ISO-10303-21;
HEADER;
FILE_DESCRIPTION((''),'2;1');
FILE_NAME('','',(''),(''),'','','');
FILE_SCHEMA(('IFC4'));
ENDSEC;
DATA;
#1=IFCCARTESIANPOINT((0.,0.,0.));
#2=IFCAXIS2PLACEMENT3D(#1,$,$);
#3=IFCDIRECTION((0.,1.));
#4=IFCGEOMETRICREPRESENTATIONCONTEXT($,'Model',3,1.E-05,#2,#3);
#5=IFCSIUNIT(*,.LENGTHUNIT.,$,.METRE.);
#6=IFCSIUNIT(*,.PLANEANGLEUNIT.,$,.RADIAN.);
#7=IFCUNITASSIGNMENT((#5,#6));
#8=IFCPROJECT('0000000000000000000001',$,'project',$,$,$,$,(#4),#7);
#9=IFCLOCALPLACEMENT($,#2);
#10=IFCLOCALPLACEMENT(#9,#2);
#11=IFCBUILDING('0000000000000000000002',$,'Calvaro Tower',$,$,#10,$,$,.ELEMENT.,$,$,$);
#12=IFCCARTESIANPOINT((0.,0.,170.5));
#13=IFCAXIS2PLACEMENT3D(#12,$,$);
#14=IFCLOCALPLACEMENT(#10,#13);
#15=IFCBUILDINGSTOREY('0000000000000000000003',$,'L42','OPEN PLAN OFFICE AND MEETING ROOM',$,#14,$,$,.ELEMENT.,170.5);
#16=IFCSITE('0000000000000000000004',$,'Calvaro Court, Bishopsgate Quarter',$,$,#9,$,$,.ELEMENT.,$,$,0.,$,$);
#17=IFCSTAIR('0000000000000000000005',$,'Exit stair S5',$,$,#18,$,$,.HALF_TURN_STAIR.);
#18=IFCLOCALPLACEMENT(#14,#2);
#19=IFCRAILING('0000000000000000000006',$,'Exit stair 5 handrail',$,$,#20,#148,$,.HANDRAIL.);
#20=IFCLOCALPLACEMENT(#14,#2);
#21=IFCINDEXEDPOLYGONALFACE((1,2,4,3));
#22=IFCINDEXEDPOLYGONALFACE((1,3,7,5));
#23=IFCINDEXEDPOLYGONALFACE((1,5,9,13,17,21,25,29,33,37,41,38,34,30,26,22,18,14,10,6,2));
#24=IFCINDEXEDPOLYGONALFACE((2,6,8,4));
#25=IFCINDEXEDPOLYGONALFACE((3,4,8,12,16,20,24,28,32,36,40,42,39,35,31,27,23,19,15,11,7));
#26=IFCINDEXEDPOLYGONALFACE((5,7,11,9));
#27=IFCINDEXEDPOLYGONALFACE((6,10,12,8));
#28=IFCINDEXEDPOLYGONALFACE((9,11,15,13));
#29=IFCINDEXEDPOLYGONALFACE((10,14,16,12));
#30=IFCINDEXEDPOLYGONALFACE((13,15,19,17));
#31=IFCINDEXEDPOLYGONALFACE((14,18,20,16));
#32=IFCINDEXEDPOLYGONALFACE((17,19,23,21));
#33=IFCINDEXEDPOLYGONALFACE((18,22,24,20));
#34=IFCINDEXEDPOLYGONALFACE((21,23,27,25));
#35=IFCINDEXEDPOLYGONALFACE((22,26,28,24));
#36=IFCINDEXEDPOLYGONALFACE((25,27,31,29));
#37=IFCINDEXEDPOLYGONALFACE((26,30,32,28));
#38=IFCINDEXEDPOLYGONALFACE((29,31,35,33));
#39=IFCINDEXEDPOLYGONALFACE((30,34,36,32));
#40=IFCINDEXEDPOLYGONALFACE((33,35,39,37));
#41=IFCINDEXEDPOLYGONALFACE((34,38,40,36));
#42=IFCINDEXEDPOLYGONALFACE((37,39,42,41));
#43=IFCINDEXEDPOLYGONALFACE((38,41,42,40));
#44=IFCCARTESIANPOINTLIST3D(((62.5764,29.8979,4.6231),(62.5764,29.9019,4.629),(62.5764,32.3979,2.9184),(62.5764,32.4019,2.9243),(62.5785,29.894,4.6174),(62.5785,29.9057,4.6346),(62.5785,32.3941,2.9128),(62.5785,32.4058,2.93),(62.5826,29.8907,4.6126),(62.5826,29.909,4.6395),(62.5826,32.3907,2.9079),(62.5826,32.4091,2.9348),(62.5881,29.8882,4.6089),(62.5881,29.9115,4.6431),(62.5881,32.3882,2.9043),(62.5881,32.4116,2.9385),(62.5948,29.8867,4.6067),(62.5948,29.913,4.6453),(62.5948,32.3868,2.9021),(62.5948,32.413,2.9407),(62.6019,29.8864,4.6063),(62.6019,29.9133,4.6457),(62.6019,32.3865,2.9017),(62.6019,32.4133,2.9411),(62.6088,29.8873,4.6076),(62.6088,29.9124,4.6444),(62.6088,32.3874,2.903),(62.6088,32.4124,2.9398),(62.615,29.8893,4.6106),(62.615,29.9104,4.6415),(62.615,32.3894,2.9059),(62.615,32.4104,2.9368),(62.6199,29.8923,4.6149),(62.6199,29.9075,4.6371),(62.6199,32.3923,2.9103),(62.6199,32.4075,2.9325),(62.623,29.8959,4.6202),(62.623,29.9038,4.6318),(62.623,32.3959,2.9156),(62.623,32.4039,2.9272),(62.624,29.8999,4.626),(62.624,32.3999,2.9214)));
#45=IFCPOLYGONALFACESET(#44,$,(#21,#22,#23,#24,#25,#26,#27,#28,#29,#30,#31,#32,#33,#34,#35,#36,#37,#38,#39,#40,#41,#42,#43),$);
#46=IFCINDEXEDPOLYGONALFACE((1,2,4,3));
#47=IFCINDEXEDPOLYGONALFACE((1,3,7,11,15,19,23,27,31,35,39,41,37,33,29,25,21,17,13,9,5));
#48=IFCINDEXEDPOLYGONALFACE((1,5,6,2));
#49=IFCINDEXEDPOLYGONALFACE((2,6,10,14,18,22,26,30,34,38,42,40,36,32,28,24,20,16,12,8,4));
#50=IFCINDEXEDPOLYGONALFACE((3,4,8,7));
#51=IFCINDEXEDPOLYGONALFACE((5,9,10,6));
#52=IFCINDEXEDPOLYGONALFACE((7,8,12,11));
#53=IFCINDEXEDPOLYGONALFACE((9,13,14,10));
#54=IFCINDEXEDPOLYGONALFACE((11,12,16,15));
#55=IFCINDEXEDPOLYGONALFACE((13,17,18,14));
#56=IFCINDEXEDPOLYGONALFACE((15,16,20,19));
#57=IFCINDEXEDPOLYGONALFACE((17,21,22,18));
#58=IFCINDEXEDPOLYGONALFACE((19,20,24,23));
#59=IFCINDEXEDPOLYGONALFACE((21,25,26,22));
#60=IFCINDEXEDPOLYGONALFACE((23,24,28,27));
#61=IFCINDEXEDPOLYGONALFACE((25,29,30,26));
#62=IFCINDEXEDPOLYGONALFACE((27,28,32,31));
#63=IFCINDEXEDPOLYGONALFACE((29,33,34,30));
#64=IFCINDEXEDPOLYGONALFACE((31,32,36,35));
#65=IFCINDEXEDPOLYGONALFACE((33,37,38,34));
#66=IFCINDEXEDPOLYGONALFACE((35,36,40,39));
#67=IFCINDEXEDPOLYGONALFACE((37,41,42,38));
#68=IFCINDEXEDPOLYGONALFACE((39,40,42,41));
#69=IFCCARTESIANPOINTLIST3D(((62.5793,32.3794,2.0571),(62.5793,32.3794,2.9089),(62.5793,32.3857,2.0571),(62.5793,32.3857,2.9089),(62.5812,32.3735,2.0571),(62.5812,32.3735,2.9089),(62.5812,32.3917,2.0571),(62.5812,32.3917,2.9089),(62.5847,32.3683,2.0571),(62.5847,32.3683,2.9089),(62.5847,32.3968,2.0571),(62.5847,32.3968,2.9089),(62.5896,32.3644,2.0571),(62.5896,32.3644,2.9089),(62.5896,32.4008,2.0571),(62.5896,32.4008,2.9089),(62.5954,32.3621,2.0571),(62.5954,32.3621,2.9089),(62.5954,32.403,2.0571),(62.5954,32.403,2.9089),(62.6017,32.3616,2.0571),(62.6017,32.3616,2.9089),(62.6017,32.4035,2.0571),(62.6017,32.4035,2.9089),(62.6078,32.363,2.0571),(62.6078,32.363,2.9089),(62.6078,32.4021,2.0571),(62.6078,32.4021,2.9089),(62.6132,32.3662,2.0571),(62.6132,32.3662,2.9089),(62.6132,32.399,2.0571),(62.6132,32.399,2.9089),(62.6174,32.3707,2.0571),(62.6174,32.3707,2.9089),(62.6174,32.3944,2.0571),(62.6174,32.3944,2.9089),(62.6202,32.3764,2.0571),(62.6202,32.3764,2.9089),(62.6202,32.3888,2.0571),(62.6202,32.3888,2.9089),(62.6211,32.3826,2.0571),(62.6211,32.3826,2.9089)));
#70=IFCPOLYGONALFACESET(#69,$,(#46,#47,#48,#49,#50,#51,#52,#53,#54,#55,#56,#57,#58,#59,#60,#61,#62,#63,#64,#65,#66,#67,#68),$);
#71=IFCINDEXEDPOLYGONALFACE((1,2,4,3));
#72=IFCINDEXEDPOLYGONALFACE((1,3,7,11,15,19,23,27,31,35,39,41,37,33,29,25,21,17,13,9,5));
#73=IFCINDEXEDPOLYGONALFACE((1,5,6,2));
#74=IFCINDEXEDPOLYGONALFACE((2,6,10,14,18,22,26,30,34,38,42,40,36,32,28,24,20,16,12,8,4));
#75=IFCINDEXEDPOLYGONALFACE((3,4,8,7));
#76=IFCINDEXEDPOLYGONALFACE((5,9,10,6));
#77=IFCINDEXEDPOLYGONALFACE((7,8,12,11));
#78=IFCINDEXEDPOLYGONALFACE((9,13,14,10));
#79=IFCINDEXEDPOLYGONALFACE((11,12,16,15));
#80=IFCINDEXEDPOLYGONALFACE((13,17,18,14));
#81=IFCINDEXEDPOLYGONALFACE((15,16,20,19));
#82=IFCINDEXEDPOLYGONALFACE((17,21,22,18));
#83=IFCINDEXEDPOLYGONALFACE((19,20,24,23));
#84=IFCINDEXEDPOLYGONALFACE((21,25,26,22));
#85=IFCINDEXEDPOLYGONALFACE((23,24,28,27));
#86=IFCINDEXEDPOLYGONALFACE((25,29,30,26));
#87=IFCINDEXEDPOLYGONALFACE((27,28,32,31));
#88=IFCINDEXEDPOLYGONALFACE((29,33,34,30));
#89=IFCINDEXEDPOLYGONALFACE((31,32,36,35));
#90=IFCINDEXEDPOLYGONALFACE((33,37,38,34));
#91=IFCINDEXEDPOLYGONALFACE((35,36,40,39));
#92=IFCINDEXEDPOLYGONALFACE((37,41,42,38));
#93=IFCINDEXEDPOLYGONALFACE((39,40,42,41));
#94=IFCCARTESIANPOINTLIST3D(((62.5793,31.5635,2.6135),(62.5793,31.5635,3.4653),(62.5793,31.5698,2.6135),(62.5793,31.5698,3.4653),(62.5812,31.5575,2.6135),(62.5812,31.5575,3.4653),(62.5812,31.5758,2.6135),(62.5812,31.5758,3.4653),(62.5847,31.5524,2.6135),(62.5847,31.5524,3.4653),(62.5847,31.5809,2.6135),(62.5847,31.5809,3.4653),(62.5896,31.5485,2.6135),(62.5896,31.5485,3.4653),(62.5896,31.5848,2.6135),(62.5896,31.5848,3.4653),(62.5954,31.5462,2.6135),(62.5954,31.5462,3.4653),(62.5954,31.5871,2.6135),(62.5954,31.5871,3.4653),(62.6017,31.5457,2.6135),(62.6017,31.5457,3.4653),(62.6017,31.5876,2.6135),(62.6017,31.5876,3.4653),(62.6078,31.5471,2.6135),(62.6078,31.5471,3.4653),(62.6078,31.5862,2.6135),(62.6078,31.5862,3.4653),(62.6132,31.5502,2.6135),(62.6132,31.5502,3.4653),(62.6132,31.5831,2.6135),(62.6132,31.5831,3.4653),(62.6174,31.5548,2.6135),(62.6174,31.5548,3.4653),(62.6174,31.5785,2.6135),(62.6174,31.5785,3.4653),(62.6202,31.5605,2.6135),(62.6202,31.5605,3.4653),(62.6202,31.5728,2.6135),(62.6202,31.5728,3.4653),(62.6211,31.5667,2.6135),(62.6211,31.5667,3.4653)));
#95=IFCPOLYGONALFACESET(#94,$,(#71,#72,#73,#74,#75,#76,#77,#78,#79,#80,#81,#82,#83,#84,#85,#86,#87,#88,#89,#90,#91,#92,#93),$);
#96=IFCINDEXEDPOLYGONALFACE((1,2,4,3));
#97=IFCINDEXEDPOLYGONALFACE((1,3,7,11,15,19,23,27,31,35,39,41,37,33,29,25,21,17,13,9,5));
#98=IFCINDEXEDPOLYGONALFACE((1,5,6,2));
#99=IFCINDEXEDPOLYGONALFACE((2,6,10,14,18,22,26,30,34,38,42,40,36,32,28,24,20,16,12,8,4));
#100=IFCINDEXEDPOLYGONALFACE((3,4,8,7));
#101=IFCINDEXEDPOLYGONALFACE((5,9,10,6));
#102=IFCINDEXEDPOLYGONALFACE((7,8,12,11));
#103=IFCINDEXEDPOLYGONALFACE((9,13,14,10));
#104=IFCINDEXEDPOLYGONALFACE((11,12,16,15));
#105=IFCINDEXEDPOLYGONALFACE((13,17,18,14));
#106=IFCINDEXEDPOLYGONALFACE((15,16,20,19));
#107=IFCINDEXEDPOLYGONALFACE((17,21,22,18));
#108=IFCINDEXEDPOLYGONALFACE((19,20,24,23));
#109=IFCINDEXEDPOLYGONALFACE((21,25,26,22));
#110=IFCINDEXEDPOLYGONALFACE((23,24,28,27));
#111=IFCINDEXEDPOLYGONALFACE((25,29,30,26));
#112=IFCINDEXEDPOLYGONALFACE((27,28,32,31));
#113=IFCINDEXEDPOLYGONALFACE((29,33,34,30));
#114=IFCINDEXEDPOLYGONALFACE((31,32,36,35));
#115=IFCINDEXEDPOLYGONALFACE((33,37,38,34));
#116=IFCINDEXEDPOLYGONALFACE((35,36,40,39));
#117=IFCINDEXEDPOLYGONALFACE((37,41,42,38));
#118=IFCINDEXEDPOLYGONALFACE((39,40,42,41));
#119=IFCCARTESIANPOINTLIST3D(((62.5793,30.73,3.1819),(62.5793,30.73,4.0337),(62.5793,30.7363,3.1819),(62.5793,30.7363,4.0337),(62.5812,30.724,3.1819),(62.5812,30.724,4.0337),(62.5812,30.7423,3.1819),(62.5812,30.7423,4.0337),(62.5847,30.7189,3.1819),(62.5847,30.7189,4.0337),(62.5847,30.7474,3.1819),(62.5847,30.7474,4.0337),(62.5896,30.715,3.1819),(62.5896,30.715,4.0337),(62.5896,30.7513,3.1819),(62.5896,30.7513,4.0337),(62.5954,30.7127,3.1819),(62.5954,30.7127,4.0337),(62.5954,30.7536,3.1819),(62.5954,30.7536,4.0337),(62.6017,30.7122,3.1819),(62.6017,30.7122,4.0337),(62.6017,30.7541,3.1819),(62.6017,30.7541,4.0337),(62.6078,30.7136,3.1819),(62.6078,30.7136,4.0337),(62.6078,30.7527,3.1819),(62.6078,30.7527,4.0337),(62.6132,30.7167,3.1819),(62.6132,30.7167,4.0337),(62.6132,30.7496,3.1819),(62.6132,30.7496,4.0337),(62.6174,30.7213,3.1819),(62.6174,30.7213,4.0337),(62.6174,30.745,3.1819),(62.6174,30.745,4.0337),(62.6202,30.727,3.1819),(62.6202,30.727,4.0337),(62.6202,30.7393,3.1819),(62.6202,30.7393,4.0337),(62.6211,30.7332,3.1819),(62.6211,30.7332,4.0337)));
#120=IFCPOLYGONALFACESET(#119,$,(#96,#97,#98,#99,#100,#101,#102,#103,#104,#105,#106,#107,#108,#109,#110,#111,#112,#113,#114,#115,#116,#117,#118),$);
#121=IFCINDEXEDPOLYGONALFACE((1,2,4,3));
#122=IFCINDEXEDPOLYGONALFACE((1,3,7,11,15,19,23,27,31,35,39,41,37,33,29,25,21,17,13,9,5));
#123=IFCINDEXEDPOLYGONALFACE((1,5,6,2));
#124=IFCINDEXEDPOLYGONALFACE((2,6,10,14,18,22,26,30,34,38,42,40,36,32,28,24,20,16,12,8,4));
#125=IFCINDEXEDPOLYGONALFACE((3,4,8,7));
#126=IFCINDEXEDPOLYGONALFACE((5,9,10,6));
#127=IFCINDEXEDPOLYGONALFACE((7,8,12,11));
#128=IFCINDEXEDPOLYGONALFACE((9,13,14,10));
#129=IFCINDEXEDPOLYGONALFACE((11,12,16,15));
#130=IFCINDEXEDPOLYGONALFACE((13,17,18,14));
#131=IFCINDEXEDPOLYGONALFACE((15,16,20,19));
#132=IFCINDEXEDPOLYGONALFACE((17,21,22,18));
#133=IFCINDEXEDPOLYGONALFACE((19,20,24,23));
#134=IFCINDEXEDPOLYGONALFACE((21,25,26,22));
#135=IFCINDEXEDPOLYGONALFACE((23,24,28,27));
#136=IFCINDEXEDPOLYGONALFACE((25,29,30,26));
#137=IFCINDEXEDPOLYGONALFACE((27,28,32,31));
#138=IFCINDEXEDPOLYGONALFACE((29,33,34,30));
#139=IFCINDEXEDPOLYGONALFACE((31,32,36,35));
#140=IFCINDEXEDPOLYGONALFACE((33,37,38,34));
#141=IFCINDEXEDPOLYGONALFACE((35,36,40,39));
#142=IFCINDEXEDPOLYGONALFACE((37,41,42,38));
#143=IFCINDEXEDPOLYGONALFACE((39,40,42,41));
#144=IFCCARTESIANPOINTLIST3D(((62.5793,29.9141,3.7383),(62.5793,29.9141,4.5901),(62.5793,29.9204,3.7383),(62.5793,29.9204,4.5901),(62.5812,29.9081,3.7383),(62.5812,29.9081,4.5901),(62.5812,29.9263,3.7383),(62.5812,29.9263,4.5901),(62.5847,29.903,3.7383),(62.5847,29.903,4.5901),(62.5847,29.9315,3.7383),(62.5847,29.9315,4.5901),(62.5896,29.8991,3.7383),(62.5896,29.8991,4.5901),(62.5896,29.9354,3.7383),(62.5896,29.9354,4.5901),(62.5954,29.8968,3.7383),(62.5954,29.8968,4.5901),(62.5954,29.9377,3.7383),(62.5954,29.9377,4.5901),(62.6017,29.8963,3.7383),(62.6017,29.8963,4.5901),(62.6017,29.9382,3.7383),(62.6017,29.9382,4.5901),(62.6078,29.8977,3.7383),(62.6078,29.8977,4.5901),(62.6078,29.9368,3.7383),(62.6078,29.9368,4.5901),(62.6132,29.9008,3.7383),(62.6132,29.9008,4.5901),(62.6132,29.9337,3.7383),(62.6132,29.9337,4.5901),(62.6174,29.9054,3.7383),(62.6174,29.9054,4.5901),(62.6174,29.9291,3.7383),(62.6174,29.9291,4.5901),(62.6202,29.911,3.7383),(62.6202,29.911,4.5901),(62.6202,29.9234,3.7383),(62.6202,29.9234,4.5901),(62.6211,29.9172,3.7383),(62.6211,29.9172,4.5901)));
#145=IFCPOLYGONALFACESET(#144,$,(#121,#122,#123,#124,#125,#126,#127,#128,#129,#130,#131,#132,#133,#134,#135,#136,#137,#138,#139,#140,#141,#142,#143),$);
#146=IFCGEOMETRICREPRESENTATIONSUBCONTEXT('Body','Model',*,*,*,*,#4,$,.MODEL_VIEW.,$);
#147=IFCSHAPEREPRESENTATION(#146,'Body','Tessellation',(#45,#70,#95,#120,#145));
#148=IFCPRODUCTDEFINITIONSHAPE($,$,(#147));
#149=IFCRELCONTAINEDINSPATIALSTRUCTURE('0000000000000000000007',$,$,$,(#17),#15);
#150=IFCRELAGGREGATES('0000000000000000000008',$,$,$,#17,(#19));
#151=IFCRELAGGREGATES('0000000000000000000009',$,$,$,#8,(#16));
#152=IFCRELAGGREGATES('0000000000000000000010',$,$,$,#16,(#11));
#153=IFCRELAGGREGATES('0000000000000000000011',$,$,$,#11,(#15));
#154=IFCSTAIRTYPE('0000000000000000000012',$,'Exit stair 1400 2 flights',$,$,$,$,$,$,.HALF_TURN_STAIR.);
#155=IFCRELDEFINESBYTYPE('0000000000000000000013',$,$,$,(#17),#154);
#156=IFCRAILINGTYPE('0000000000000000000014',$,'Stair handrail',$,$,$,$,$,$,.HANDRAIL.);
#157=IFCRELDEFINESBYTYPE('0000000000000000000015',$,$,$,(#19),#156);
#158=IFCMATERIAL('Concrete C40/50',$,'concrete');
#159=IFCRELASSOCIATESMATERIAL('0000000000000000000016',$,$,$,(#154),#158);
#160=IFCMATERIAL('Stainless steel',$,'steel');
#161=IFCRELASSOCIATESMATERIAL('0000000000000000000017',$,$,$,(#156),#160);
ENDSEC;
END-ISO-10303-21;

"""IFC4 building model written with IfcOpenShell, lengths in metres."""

from ifc_helpers import new_model, si_unit, direction, frame, origin, origin_2d, place, context, subcontext, project, spatial, circle, extrude, material, type_object, element, aggregate, save


model = new_model("IFC4")

# Units and contexts
model_context = context("Model", 3, precision=1e-05, world=origin(), true_north=direction((0.0, 1.0)))
body_context = subcontext(model_context, "Body", "Model", "MODEL_VIEW")
ifc_project = project(units=[si_unit("LENGTHUNIT", "METRE"), si_unit("PLANEANGLEUNIT", "RADIAN")], contexts=[model_context])

# Site, building, storey
site_placement = place(None, origin())
site = spatial("IfcSite", under=ifc_project, at=site_placement, Name="Calvaro Court, Bishopsgate Quarter", CompositionType="ELEMENT", RefElevation=0.0)
building_placement = place(site_placement, origin())
building = spatial("IfcBuilding", under=site, at=building_placement, Name="Calvaro Tower", CompositionType="ELEMENT")
storey_placement = place(building_placement, frame((0.0, 0.0, 170.5)))
storey = spatial("IfcBuildingStorey", under=building, at=storey_placement, Name="L42", Description="OPEN PLAN OFFICE AND MEETING ROOM", CompositionType="ELEMENT", Elevation=170.5)

# Stair, railing
ifc_material_1 = material(Name="Concrete C40/50", Category="concrete")
stair_type = type_object("IfcStairType", Name="Exit stair 1400 2 flights", PredefinedType="HALF_TURN_STAIR", material=ifc_material_1)
stair_placement = place(storey_placement, origin())
stair = element("IfcStair", 1, at=stair_placement, inside=storey, type_object=stair_type, Name="Exit stair S5", PredefinedType="HALF_TURN_STAIR")
ifc_material_2 = material(Name="Stainless steel", Category="steel")
railing_type = type_object("IfcRailingType", Name="Stair handrail", PredefinedType="HANDRAIL", material=ifc_material_2)
railing_1_placement = place(storey_placement, frame((62.6001, 32.3999, 2.0454)))
railing_1 = element("IfcRailing", 2, at=railing_1_placement, type_object=railing_type, Name="Exit stair 5 handrail", PredefinedType="HANDRAIL", context=body_context, shape_type="SweptSolid", body=[
    extrude(circle(Radius=0.0239, at=origin_2d()), frame((0.0, 0.0, 0.876), z_axis=(0.0, -0.826221, 0.563347), x_axis=(1.0, 0.0, 0.0)), (0.0, 0.0, 1.0), 3.0259),
    extrude(circle(Radius=0.021, at=origin_2d()), frame((0.0, -0.0173, 0.0117)), (0.0, 0.0, 1.0), 0.8518),
    extrude(circle(Radius=0.021, at=origin_2d()), frame((0.0, -0.8333, 0.5681)), (0.0, 0.0, 1.0), 0.8518),
    extrude(circle(Radius=0.021, at=origin_2d()), frame((0.0, -1.6667, 1.1365)), (0.0, 0.0, 1.0), 0.8518),
    extrude(circle(Radius=0.021, at=origin_2d()), frame((0.0, -2.4827, 1.6929)), (0.0, 0.0, 1.0), 0.8518),
])
aggregate(stair, [railing_1])

save(model, "model.ifc")
